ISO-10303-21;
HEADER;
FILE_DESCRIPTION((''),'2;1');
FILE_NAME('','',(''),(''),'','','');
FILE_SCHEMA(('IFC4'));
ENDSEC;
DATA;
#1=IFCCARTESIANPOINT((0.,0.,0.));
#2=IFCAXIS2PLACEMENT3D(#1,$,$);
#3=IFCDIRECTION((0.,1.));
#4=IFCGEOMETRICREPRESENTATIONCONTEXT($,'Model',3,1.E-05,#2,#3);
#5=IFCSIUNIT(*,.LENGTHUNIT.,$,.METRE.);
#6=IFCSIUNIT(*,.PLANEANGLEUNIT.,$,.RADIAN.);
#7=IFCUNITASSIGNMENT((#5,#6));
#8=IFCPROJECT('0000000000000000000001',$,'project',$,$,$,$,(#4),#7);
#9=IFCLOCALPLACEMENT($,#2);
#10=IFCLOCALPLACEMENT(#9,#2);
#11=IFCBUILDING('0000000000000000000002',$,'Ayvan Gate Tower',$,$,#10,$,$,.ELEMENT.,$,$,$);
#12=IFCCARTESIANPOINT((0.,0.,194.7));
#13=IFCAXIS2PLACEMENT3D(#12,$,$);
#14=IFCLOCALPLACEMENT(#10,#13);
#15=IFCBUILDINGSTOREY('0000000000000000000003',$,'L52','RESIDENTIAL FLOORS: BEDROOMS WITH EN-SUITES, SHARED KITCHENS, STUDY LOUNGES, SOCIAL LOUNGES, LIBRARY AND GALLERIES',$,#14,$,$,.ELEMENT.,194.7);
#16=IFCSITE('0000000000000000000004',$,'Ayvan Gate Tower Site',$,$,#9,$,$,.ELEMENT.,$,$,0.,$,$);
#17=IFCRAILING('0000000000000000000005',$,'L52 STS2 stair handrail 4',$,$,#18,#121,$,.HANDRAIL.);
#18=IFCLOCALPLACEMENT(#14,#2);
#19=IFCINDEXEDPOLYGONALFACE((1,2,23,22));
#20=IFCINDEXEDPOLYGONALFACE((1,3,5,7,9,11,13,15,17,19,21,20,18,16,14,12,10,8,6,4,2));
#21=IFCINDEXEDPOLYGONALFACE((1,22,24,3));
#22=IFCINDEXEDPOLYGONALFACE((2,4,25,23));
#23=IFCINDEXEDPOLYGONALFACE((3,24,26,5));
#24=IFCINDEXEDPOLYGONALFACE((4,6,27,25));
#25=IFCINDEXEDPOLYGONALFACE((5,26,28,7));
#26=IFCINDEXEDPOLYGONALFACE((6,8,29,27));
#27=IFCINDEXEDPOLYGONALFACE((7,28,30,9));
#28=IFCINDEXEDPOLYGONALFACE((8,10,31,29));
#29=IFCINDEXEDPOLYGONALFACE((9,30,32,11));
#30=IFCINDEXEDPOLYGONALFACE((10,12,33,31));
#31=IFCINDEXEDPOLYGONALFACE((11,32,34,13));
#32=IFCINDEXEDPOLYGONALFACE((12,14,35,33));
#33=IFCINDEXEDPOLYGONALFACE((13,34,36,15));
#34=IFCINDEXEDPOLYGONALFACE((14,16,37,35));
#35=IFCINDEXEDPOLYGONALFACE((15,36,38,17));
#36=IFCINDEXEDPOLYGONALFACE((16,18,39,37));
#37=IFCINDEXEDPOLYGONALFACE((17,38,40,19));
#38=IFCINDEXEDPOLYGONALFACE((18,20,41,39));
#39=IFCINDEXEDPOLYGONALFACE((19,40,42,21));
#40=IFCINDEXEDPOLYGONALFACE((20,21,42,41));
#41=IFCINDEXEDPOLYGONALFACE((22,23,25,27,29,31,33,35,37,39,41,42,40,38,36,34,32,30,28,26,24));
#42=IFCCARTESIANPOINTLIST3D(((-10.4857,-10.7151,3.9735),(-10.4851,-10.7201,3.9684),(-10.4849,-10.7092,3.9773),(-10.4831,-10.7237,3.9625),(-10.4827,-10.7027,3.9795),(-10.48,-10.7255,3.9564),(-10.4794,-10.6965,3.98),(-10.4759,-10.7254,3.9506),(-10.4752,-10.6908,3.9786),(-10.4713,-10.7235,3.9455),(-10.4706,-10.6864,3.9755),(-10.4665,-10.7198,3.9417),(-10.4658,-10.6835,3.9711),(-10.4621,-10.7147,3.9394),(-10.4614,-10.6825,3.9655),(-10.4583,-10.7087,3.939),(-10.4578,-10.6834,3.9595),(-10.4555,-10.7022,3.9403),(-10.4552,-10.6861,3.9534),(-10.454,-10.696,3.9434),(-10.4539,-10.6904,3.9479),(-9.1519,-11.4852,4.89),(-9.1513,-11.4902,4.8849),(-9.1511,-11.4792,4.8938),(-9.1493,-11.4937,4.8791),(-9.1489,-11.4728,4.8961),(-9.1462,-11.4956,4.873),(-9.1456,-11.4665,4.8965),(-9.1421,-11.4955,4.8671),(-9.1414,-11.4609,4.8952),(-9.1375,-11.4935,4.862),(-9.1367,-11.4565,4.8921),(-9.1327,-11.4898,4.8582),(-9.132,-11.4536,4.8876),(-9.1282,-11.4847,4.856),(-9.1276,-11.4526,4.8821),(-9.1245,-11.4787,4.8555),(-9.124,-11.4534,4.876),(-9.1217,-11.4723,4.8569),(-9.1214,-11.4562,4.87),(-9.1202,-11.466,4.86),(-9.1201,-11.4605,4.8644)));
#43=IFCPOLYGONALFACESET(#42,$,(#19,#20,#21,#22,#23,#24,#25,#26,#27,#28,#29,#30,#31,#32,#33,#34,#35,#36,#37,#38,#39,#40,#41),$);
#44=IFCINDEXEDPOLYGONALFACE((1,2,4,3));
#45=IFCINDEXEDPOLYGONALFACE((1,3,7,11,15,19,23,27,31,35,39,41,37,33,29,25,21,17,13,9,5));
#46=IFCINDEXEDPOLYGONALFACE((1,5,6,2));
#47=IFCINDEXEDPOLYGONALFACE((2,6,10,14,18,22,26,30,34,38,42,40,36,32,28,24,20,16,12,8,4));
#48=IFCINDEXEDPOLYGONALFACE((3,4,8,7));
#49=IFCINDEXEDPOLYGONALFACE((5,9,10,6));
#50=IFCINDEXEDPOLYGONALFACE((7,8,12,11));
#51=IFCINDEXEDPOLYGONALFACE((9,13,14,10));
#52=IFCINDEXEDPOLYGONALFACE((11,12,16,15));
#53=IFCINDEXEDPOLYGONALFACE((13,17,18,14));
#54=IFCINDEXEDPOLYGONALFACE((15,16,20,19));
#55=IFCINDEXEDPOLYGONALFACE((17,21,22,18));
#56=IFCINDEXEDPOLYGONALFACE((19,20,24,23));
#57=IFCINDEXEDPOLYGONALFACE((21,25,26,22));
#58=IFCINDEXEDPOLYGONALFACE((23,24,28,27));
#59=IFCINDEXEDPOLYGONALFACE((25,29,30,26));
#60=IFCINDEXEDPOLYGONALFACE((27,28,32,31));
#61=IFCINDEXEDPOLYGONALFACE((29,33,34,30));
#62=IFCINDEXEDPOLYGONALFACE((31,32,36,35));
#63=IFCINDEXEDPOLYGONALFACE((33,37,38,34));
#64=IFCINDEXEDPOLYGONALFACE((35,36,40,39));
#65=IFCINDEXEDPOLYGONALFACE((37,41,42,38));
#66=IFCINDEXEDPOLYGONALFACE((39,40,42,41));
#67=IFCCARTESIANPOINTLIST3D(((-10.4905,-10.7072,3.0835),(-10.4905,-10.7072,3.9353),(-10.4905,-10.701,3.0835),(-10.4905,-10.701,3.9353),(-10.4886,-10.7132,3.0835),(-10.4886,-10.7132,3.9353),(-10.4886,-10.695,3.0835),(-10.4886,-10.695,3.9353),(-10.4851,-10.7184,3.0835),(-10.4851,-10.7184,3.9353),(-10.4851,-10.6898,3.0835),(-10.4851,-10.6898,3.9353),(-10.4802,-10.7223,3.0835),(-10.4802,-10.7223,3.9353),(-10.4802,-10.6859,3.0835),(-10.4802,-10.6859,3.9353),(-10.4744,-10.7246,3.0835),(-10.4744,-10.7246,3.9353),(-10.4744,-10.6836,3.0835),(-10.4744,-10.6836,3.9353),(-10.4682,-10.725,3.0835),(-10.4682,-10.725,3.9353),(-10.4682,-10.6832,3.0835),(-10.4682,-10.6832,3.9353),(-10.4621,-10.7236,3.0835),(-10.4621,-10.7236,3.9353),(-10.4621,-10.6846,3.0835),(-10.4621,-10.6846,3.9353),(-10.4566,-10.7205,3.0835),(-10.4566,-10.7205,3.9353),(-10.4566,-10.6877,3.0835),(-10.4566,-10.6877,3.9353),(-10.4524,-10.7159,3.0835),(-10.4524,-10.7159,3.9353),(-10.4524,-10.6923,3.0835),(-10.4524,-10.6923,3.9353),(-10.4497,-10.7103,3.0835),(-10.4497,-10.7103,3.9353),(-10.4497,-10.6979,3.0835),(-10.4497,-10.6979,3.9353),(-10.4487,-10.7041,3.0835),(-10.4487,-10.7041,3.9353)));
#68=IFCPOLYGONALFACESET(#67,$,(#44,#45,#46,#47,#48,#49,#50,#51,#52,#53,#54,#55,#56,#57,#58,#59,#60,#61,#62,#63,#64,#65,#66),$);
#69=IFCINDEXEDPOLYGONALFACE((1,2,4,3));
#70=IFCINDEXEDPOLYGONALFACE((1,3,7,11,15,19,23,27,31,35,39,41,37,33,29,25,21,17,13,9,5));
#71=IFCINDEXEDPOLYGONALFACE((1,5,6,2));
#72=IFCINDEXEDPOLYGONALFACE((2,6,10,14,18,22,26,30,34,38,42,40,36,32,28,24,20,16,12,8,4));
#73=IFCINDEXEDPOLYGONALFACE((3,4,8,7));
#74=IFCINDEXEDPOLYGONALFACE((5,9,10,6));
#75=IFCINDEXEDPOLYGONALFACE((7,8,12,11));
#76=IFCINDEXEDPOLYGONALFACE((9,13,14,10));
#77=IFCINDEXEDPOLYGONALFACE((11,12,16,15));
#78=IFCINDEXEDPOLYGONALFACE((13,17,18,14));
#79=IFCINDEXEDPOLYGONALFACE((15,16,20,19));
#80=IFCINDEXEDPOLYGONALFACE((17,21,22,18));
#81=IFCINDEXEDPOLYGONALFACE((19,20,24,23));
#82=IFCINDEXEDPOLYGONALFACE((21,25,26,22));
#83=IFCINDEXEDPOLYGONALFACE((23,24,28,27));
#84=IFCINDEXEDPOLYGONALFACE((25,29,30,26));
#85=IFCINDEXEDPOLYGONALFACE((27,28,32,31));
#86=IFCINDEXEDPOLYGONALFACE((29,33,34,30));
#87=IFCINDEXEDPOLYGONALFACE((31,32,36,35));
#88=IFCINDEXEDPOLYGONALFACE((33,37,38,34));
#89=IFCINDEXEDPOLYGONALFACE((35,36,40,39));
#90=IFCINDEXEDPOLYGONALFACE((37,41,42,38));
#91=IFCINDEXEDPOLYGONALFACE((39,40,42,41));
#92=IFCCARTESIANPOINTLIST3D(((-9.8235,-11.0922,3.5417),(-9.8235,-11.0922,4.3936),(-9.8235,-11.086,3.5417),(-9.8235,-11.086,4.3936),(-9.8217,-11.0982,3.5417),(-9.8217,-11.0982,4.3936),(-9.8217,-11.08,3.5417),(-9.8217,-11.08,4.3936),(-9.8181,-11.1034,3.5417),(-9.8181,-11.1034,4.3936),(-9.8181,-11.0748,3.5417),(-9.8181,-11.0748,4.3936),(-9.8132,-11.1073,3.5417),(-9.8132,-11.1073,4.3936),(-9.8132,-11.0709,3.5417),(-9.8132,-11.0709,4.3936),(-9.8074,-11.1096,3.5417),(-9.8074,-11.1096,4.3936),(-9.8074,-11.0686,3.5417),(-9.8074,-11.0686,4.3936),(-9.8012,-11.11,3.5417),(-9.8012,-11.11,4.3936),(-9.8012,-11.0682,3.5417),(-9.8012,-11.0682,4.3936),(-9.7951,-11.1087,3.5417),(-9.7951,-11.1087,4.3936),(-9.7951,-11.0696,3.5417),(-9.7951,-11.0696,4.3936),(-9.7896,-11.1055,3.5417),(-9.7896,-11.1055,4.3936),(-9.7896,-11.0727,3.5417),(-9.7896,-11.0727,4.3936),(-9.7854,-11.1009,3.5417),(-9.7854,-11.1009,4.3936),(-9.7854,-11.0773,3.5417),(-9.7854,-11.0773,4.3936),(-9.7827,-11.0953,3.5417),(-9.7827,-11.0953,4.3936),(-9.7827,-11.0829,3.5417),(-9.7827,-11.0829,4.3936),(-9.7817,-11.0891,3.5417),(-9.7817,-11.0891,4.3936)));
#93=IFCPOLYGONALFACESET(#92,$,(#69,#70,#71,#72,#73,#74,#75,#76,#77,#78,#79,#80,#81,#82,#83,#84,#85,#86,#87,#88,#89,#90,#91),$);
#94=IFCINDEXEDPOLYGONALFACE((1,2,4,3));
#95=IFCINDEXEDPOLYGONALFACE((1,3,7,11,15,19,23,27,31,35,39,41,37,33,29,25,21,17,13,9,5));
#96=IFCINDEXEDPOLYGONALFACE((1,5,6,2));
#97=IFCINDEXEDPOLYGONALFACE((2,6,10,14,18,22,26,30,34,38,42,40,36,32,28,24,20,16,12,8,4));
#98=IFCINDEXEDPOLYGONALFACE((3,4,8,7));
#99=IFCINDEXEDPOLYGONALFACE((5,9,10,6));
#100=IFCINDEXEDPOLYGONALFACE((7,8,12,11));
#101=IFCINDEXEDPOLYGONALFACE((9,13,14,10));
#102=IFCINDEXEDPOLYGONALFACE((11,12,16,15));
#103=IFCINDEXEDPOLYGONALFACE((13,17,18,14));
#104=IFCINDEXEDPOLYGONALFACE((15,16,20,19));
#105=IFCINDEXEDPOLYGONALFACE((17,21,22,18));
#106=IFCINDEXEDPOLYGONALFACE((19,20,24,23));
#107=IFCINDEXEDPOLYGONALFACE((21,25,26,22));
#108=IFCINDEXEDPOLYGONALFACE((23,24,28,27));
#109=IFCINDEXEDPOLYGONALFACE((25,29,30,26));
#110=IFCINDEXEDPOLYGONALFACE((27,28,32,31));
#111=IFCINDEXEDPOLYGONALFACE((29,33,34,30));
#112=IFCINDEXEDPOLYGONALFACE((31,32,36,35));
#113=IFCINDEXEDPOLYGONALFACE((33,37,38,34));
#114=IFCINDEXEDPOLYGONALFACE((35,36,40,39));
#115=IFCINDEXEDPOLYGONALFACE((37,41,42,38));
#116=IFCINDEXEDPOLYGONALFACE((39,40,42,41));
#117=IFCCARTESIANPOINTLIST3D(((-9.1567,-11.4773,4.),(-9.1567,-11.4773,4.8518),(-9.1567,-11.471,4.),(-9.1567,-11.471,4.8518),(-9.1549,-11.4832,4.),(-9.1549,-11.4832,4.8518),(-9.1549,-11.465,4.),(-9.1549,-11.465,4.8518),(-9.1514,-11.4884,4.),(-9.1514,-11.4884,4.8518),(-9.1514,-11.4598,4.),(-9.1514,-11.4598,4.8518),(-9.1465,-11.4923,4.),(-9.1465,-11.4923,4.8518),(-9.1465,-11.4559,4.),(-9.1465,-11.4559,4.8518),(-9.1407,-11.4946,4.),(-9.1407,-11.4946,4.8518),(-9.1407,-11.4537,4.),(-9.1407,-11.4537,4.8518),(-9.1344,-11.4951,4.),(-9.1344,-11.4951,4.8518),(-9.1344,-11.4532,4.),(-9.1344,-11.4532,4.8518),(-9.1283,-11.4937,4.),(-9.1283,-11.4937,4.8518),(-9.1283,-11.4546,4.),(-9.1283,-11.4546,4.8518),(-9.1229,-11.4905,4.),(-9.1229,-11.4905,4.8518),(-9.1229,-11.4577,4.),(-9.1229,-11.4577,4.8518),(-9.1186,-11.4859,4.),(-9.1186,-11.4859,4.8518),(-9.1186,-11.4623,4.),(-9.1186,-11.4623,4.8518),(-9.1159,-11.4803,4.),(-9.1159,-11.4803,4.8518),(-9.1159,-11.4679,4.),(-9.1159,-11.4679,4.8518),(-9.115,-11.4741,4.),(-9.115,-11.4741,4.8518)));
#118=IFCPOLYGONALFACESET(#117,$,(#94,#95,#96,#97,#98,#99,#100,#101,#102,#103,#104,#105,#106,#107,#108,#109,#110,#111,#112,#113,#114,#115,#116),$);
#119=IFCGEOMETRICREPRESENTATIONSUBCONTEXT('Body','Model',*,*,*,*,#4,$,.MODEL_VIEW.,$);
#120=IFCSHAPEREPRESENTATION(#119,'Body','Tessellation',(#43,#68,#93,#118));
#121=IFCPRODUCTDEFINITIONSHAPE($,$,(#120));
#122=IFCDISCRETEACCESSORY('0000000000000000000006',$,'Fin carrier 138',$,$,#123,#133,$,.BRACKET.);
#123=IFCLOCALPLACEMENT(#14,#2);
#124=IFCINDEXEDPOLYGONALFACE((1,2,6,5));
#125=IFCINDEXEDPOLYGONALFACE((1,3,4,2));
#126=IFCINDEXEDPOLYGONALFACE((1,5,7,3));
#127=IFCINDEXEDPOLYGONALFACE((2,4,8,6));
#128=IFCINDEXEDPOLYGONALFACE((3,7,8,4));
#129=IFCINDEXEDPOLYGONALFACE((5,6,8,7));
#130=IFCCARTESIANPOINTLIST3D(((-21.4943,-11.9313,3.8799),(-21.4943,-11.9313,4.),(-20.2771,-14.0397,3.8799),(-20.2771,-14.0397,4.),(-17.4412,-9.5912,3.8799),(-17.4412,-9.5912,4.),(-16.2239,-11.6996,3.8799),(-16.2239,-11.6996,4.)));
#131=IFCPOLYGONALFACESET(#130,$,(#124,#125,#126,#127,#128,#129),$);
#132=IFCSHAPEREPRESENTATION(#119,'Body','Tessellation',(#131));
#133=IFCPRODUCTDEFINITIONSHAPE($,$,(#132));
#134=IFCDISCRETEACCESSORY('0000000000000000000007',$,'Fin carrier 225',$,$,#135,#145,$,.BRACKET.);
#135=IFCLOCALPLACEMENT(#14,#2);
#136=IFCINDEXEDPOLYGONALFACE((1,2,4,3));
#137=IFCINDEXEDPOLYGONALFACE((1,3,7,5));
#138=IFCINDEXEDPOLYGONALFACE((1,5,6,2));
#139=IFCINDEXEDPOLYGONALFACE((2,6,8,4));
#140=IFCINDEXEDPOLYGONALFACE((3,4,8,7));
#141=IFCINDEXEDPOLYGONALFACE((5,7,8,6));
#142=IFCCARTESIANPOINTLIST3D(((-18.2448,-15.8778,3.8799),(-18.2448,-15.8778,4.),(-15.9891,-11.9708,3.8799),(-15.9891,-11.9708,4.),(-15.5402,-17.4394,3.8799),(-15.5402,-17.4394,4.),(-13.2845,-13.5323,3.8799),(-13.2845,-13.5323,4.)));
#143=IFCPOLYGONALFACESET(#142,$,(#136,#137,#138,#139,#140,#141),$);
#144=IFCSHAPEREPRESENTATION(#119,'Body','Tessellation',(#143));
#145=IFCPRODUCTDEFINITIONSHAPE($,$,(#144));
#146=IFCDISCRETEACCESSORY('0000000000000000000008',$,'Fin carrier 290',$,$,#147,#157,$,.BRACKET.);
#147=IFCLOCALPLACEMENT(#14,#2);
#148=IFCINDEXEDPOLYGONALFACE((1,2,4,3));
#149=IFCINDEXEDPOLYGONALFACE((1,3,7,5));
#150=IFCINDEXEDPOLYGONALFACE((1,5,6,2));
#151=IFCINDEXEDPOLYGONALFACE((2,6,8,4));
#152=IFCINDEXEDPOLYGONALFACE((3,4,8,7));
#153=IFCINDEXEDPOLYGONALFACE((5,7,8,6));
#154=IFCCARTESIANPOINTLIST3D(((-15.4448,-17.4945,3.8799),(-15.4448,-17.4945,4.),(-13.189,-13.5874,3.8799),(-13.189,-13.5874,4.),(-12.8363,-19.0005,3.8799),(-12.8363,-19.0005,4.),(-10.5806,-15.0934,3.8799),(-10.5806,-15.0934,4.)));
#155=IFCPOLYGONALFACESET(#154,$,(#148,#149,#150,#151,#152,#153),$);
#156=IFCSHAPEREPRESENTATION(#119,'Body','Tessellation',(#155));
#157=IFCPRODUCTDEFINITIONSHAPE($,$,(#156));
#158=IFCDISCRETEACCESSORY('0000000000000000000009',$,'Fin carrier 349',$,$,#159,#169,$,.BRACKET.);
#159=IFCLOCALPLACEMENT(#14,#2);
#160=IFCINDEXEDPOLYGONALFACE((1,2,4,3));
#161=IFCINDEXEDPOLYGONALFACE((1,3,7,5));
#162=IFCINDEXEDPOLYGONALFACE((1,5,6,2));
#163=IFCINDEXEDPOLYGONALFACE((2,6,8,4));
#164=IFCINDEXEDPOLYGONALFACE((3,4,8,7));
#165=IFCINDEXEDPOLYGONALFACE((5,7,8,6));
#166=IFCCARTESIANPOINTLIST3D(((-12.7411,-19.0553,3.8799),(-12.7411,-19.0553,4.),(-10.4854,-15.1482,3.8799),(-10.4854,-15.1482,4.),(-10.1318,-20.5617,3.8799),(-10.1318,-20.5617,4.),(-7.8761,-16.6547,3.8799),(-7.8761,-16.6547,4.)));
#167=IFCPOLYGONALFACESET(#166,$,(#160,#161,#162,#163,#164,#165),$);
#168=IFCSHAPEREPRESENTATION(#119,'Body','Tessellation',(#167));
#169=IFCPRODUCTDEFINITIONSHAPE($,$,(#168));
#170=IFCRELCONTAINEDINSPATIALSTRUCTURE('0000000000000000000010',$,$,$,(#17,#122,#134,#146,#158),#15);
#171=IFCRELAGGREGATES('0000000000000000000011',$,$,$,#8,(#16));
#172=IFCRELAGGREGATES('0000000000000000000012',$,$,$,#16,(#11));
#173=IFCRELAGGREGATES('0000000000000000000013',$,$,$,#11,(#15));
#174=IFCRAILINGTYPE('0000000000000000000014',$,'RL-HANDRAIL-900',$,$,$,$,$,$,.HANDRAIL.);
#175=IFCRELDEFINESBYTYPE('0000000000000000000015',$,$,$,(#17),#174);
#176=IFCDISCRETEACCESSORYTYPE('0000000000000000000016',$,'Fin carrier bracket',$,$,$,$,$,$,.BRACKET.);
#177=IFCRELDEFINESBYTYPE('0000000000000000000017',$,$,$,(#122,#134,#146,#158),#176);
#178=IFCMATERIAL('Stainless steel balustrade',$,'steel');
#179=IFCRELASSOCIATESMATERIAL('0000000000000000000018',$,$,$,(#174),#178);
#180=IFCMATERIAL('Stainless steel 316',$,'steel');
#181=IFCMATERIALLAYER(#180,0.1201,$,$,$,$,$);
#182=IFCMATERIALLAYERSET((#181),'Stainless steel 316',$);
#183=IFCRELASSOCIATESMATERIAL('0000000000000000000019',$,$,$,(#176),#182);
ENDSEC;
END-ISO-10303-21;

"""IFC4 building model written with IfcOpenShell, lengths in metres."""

from ifc_helpers import new_model, si_unit, direction, frame, origin, origin_2d, place, context, subcontext, project, spatial, rectangle, circle, extrude, material, layer, layer_set, type_object, element, save


model = new_model("IFC4")

# Units and contexts
model_context = context("Model", 3, precision=1e-05, world=origin(), true_north=direction((0.0, 1.0)))
body_context = subcontext(model_context, "Body", "Model", "MODEL_VIEW")
ifc_project = project(units=[si_unit("LENGTHUNIT", "METRE"), si_unit("PLANEANGLEUNIT", "RADIAN")], contexts=[model_context])

# Site, building, storey
site_placement = place(None, origin())
site = spatial("IfcSite", under=ifc_project, at=site_placement, Name="Ayvan Gate Tower Site", CompositionType="ELEMENT", RefElevation=0.0)
building_placement = place(site_placement, origin())
building = spatial("IfcBuilding", under=site, at=building_placement, Name="Ayvan Gate Tower", CompositionType="ELEMENT")
storey_placement = place(building_placement, frame((0.0, 0.0, 194.7)))
storey = spatial("IfcBuildingStorey", under=building, at=storey_placement, Name="L52", Description="RESIDENTIAL FLOORS: BEDROOMS WITH EN-SUITES, SHARED KITCHENS, STUDY LOUNGES, SOCIAL LOUNGES, LIBRARY AND GALLERIES", CompositionType="ELEMENT", Elevation=194.7)

# Railing
ifc_material_1 = material(Name="Stainless steel balustrade", Category="steel")
railing_type_1 = type_object("IfcRailingType", Name="RL-HANDRAIL-900", PredefinedType="HANDRAIL", material=ifc_material_1)
railing_1_placement = place(storey_placement, frame((-10.4697, -10.7041, 3.0835)))
element("IfcRailing", 1, at=railing_1_placement, inside=storey, type_object=railing_type_1, Name="L52 STS2 stair handrail 4", PredefinedType="HANDRAIL", context=body_context, shape_type="SweptSolid", body=[
    extrude(circle(Radius=0.0239, at=origin_2d()), frame((0.0, 0.0, 0.876), z_axis=(0.744216, -0.429664, 0.511401), x_axis=(0.499992, 0.86603, 0.0)), (0.0, 0.0, 1.0), 1.7922),
    extrude(circle(Radius=0.021, at=origin_2d()), origin(), (0.0, 0.0, 1.0), 0.8518),
    extrude(circle(Radius=0.021, at=origin_2d()), frame((0.667, -0.385, 0.4583)), (0.0, 0.0, 1.0), 0.8518),
    extrude(circle(Radius=0.021, at=origin_2d()), frame((1.3337, -0.77, 0.9165)), (0.0, 0.0, 1.0), 0.8518),
])

# Discrete accessories
ifc_material_2 = material(Name="Stainless steel 316", Category="steel")
ifc_layer_1 = layer(ifc_material_2, 0.1201)
ifc_layer_set_1 = layer_set([ifc_layer_1], Name="Stainless steel 316")
discrete_accessory_type = type_object("IfcDiscreteAccessoryType", Name="Fin carrier bracket", PredefinedType="BRACKET", material=ifc_layer_set_1)
discrete_accessory_1_placement = place(storey_placement, frame((-18.8591, -11.8154, 3.8799), z_axis=(0.0, 0.0, 1.0), x_axis=(0.5, -0.866025, 0.0)))
element("IfcDiscreteAccessory", 2, at=discrete_accessory_1_placement, inside=storey, type_object=discrete_accessory_type, Name="Fin carrier 138", PredefinedType="BRACKET", context=body_context, shape_type="SweptSolid", body=[
    extrude(rectangle(XDim=2.4346, YDim=4.6802, at=origin_2d()), origin(), (0.0, 0.0, 1.0), 0.1201),
])
discrete_accessory_2_placement = place(storey_placement, frame((-15.7646, -14.7051, 3.8799), z_axis=(0.0, 0.0, 1.0), x_axis=(0.866025, -0.5, 0.0)))
element("IfcDiscreteAccessory", 3, at=discrete_accessory_2_placement, inside=storey, type_object=discrete_accessory_type, Name="Fin carrier 225", PredefinedType="BRACKET", context=body_context, shape_type="SweptSolid", body=[
    extrude(rectangle(XDim=3.123, YDim=4.5115, at=origin_2d()), origin(), (0.0, 0.0, 1.0), 0.1201),
])
discrete_accessory_3_placement = place(storey_placement, frame((-13.0127, -16.2939, 3.8799), z_axis=(0.0, 0.0, 1.0), x_axis=(0.866025, -0.5, 0.0)))
element("IfcDiscreteAccessory", 4, at=discrete_accessory_3_placement, inside=storey, type_object=discrete_accessory_type, Name="Fin carrier 290", PredefinedType="BRACKET", context=body_context, shape_type="SweptSolid", body=[
    extrude(rectangle(XDim=3.012, YDim=4.5115, at=origin_2d()), origin(), (0.0, 0.0, 1.0), 0.1201),
])
discrete_accessory_4_placement = place(storey_placement, frame((-10.3086, -17.855, 3.8799), z_axis=(0.0, 0.0, 1.0), x_axis=(0.866025, -0.5, 0.0)))
element("IfcDiscreteAccessory", 5, at=discrete_accessory_4_placement, inside=storey, type_object=discrete_accessory_type, Name="Fin carrier 349", PredefinedType="BRACKET", context=body_context, shape_type="SweptSolid", body=[
    extrude(rectangle(XDim=3.0129, YDim=4.5115, at=origin_2d()), origin(), (0.0, 0.0, 1.0), 0.1201),
])

save(model, "model.ifc")
